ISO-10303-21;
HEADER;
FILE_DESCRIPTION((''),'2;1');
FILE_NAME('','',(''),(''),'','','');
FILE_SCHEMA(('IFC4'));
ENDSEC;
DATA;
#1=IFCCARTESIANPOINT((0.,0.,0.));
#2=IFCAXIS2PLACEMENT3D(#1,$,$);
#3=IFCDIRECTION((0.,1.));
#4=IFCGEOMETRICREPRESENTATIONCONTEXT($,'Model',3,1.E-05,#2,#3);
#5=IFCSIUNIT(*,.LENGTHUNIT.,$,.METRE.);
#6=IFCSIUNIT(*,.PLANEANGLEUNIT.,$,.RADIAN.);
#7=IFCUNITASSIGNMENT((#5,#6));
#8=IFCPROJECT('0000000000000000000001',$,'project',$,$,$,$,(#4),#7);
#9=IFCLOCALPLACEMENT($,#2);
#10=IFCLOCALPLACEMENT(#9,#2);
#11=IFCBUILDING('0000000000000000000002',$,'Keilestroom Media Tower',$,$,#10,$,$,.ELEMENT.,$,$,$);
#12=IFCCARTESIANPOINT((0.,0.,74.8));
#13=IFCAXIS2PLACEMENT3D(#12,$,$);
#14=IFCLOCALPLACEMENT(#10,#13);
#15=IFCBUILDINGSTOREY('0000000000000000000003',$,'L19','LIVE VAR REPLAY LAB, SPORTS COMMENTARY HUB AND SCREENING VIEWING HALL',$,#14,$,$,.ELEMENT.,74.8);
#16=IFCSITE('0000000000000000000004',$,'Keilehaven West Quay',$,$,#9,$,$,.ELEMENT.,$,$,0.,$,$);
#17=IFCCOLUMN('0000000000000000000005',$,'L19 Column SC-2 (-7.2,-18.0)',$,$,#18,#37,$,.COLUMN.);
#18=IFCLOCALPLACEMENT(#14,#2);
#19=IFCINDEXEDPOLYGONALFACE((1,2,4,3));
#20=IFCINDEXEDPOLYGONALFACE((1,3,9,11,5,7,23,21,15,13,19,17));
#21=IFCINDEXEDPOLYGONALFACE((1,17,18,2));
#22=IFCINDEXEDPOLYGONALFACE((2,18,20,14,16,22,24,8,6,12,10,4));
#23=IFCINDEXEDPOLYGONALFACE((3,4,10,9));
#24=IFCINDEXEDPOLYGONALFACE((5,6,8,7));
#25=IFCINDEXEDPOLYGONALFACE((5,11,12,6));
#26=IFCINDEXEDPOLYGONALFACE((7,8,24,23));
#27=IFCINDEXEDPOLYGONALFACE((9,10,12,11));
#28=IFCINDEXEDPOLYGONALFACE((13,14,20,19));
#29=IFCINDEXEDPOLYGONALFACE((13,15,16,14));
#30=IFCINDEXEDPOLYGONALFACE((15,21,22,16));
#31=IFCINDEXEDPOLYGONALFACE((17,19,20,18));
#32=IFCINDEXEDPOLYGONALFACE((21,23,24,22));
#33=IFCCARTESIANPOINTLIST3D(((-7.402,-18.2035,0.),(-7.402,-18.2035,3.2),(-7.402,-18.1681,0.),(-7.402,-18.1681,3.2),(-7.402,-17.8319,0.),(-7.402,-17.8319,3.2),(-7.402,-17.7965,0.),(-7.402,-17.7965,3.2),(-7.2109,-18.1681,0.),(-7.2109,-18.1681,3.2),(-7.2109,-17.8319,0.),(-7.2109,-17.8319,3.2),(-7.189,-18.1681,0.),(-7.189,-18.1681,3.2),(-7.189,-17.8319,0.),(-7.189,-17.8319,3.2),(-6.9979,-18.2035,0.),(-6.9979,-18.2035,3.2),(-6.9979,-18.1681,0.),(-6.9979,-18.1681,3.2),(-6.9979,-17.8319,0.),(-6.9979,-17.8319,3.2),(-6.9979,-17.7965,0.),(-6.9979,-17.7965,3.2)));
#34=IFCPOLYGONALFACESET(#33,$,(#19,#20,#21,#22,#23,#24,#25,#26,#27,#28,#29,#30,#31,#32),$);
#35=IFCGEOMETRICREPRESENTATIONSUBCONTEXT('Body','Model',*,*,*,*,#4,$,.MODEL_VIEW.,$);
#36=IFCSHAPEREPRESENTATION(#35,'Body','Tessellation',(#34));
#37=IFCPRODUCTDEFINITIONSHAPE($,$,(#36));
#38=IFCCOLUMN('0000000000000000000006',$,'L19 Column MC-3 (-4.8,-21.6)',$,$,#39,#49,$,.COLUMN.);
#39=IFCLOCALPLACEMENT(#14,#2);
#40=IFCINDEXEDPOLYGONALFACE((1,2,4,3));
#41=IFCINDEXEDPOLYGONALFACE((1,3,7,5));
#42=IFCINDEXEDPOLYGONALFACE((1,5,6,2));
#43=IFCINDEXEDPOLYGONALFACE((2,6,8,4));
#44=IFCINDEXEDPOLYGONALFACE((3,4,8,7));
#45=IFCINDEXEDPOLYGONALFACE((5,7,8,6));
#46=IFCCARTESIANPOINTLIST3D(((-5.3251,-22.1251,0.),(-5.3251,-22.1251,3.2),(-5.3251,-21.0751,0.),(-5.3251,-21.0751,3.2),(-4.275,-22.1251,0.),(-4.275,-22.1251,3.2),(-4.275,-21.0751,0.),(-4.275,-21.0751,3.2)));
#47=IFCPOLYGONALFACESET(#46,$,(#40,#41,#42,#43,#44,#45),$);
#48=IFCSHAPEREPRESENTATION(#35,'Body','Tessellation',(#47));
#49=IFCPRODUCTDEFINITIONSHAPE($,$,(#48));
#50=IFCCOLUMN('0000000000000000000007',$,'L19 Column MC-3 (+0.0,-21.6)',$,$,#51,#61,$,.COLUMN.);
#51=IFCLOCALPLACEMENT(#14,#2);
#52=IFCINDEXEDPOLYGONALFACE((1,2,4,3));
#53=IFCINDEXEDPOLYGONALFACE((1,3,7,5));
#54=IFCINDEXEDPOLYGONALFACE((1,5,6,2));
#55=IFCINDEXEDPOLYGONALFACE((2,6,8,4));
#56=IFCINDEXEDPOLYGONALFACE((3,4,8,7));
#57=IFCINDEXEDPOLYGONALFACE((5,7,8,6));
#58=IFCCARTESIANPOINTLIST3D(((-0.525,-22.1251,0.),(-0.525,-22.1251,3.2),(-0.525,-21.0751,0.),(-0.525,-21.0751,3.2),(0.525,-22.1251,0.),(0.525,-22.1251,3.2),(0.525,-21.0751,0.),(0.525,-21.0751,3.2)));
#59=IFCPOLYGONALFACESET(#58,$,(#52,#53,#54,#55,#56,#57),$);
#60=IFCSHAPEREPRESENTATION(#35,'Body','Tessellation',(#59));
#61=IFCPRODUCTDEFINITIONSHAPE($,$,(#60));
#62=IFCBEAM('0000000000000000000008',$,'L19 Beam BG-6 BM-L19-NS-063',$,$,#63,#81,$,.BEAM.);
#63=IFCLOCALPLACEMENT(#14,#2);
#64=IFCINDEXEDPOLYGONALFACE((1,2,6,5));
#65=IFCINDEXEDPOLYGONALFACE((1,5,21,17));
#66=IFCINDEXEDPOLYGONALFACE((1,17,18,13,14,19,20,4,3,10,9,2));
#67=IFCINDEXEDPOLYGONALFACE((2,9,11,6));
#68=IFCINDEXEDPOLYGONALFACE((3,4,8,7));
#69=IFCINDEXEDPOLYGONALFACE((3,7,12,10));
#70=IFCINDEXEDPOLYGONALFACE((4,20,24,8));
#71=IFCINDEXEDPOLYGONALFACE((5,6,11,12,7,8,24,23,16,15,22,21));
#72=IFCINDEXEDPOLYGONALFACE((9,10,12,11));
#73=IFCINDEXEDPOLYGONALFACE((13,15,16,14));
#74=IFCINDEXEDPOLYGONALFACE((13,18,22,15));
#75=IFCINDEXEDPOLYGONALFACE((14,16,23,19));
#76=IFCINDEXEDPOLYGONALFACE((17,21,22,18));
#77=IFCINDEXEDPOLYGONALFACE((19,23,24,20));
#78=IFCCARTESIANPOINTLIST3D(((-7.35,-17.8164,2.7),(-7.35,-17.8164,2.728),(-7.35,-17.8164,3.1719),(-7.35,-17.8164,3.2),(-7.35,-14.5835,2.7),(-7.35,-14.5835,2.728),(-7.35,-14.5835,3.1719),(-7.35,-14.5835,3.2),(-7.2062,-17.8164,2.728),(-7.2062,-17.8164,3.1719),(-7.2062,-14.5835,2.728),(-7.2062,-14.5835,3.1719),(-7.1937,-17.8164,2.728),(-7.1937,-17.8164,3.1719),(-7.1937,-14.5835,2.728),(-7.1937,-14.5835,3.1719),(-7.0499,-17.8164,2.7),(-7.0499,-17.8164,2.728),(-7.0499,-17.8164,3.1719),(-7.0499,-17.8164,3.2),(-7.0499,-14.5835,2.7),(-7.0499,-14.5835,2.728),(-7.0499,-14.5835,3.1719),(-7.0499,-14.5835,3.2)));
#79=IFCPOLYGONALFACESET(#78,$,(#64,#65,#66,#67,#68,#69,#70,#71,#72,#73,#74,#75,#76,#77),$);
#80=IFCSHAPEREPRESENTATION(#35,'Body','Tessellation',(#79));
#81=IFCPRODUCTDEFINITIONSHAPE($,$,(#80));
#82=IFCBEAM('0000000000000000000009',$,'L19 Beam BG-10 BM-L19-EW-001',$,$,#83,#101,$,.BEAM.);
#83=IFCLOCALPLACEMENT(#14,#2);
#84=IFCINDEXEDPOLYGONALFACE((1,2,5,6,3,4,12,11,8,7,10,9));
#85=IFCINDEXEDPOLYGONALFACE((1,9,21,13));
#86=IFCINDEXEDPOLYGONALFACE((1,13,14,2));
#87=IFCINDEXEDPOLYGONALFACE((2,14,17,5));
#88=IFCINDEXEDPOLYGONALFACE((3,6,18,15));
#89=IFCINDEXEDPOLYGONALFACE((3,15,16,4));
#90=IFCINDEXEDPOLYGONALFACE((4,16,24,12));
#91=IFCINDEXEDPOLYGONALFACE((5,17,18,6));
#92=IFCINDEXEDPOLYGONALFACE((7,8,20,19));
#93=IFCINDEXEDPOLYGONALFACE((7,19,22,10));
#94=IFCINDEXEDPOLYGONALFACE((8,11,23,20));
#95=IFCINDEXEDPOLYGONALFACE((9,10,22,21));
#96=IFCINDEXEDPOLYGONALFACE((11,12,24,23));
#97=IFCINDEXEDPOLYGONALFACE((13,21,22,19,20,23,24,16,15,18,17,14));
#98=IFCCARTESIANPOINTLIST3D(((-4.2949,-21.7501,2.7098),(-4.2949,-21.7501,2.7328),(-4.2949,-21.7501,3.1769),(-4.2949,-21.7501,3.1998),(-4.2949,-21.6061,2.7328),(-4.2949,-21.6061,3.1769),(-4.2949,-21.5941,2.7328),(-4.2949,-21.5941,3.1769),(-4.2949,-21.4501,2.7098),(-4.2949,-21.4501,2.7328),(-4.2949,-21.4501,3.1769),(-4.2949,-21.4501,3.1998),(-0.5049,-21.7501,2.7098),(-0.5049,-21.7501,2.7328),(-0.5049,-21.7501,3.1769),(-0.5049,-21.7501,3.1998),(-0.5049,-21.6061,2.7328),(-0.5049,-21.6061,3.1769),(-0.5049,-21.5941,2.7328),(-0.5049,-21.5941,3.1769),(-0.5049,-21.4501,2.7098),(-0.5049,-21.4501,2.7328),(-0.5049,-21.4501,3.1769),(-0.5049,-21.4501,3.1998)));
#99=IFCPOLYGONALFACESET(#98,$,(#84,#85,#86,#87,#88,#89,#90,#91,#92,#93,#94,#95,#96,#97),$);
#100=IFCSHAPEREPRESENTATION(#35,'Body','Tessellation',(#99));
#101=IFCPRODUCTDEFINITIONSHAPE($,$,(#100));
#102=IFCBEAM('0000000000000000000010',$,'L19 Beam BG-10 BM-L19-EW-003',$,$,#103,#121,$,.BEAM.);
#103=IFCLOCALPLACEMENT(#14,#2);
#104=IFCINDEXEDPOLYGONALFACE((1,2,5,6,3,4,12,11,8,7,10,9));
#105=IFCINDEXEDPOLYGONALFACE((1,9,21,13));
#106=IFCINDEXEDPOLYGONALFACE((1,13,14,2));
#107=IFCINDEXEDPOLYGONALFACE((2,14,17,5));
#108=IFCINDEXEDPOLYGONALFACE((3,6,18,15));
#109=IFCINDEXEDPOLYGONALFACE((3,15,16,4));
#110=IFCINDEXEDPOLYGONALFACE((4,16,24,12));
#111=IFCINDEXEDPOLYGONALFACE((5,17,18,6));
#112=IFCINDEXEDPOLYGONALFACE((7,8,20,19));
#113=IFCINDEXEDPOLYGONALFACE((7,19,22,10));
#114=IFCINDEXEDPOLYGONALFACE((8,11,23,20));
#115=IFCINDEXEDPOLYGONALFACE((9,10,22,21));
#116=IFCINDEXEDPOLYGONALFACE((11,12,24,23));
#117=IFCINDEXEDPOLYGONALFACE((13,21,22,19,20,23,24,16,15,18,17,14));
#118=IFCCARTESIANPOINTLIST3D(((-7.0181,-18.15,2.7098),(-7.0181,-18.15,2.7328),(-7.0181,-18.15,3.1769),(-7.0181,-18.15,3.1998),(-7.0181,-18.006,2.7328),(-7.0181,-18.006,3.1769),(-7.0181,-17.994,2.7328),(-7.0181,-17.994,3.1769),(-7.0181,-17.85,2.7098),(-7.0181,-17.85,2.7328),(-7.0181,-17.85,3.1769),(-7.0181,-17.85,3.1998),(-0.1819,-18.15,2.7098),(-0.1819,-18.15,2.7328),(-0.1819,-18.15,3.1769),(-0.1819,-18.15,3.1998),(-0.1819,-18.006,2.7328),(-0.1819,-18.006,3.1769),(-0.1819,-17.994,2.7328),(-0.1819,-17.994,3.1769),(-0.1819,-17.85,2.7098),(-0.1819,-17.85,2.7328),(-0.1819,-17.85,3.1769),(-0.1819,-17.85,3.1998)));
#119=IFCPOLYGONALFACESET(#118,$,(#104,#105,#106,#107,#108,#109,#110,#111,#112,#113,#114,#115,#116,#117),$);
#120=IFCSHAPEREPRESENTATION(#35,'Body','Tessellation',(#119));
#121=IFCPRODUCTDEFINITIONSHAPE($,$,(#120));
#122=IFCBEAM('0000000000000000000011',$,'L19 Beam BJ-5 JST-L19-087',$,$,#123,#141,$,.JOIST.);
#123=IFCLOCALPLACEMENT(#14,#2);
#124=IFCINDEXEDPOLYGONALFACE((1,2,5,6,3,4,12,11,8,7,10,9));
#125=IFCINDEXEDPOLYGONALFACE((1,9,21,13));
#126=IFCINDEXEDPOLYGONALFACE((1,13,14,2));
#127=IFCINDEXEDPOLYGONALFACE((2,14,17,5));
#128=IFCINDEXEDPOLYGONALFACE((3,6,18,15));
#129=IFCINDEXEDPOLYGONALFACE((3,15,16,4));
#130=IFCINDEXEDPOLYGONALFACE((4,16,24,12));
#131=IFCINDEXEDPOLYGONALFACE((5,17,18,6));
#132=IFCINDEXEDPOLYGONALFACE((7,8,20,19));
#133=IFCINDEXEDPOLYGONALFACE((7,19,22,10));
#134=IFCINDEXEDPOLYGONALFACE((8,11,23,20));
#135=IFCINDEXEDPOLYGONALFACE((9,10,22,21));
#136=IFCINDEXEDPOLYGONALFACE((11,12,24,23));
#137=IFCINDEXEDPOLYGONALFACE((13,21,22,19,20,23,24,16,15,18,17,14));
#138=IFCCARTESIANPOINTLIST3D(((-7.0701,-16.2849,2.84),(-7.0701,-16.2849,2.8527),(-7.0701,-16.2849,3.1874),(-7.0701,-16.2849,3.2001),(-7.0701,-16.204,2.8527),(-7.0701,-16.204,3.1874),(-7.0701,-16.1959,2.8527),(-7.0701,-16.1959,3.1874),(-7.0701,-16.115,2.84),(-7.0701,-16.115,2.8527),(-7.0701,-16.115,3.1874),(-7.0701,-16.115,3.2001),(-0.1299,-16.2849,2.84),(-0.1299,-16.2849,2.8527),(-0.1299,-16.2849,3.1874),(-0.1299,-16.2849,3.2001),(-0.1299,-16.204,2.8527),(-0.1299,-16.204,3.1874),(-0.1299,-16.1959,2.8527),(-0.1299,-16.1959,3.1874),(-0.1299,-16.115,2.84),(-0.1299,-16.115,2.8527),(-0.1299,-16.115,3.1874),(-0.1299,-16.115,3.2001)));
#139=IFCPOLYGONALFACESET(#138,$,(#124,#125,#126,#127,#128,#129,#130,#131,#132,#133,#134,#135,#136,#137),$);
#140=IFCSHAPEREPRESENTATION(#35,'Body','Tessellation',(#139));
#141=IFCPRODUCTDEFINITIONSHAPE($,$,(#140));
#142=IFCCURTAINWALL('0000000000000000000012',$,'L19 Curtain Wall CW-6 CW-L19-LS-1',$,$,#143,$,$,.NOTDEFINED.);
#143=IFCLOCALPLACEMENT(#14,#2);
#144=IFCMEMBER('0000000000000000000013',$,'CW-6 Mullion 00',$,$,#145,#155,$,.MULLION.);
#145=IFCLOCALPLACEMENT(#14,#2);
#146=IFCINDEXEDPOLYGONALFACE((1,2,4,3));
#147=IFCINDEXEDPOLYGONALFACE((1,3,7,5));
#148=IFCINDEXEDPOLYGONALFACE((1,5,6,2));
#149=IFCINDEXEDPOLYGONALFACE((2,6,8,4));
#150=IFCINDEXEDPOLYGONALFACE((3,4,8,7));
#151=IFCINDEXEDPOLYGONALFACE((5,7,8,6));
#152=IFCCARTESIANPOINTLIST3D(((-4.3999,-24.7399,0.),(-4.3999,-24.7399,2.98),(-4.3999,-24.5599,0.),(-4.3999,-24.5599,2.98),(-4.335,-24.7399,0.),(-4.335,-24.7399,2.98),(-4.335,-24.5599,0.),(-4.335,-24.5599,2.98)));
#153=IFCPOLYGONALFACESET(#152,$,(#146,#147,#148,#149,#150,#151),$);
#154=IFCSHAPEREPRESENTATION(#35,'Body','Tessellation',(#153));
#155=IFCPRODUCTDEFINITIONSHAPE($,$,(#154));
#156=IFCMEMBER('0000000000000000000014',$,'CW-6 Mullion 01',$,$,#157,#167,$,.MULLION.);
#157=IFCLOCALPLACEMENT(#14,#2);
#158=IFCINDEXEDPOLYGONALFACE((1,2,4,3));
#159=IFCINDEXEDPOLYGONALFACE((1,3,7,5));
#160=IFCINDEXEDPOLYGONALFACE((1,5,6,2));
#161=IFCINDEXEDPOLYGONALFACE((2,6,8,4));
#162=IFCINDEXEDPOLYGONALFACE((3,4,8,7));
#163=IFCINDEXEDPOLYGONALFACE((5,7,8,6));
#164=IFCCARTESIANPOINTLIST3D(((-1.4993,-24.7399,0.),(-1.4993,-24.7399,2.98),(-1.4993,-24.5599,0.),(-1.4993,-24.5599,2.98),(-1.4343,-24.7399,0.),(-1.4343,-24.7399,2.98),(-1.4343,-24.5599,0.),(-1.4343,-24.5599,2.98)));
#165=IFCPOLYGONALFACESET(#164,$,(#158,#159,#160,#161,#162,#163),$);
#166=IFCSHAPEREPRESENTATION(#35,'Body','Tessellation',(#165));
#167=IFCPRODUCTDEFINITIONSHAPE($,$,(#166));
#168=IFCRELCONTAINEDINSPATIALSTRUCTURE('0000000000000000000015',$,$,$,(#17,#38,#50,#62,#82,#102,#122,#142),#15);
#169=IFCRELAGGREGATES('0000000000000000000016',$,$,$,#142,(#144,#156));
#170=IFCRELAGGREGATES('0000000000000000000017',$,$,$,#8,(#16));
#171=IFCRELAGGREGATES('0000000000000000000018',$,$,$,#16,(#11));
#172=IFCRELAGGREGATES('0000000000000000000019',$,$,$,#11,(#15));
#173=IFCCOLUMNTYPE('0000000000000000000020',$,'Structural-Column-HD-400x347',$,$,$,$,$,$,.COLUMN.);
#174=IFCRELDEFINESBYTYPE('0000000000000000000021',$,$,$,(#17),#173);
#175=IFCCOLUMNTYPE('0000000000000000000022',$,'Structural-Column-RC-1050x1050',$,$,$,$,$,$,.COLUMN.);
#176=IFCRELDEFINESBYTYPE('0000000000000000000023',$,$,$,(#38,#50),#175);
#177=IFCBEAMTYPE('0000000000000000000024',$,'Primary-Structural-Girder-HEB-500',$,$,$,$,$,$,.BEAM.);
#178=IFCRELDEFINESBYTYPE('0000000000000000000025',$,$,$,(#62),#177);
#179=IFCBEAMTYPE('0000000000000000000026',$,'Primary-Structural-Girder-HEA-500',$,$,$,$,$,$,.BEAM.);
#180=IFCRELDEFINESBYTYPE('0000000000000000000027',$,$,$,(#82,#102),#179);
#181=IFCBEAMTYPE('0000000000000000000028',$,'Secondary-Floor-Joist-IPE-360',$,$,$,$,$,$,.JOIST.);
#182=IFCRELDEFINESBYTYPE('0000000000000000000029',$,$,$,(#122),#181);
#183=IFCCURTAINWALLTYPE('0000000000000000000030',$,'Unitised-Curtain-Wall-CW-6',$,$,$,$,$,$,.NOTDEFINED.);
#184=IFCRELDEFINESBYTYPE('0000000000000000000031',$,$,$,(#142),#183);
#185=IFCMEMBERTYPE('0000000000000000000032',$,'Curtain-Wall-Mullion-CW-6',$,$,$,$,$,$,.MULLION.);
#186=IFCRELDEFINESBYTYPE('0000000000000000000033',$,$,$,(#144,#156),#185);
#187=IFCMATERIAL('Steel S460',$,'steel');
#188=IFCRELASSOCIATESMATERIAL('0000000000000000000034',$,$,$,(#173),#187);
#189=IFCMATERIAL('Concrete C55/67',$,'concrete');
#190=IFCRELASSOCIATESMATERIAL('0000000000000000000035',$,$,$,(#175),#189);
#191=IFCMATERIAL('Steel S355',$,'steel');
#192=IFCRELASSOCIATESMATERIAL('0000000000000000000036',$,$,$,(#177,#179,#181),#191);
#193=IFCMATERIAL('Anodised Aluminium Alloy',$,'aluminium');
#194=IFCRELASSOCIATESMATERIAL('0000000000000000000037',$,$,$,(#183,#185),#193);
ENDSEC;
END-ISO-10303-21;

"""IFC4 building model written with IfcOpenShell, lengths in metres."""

from ifc_helpers import new_model, si_unit, direction, frame, origin, origin_2d, place, context, subcontext, project, spatial, rectangle, i_section, extrude, source, transform, mapped, material, material_profile, profile_set, type_object, element, aggregate, save


model = new_model("IFC4")

# Units and contexts
model_context = context("Model", 3, precision=1e-05, world=origin(), true_north=direction((0.0, 1.0)))
body_context = subcontext(model_context, "Body", "Model", "MODEL_VIEW")
ifc_project = project(units=[si_unit("LENGTHUNIT", "METRE"), si_unit("PLANEANGLEUNIT", "RADIAN")], contexts=[model_context])

# Site, building, storey
site_placement = place(None, origin())
site = spatial("IfcSite", under=ifc_project, at=site_placement, Name="Keilehaven West Quay", CompositionType="ELEMENT", RefElevation=0.0)
building_placement = place(site_placement, origin())
building = spatial("IfcBuilding", under=site, at=building_placement, Name="Keilestroom Media Tower", CompositionType="ELEMENT")
storey_placement = place(building_placement, frame((0.0, 0.0, 74.8)))
storey = spatial("IfcBuildingStorey", under=building, at=storey_placement, Name="L19", Description="LIVE VAR REPLAY LAB, SPORTS COMMENTARY HUB AND SCREENING VIEWING HALL", CompositionType="ELEMENT", Elevation=74.8)

# Columns
ifc_material_1 = material(Name="Steel S460", Category="steel")
ifc_material_profile_1 = material_profile(ifc_material_1, i_section(OverallWidth=0.4041, OverallDepth=0.407, WebThickness=0.022, FlangeThickness=0.0354, at=origin_2d()), Name="HD 400x347")
ifc_profile_set_1 = profile_set([ifc_material_profile_1], Name="Steel S460")
column_type_1 = type_object("IfcColumnType", Name="Structural-Column-HD-400x347", PredefinedType="COLUMN", material=ifc_profile_set_1)
shared_shape_1 = source(origin(), body_context, "Body", "SweptSolid", [
    extrude(i_section(OverallWidth=0.4041, OverallDepth=0.407, WebThickness=0.022, FlangeThickness=0.0354, at=origin_2d()), origin(), (0.0, 0.0, 1.0), 3.2),
])
column_placement = place(storey_placement, frame((-7.2, -18.0, 0.0), z_axis=(0.0, 0.0, 1.0), x_axis=(1.0, 0.0, 0.0)))
element("IfcColumn", 1, at=column_placement, inside=storey, type_object=column_type_1, Name="L19 Column SC-2 (-7.2,-18.0)", PredefinedType="COLUMN", context=body_context, shape_type="MappedRepresentation", body=[
    mapped(shared_shape_1, transform((0.0, 0.0, 0.0), x_axis=(1.0, 0.0, 0.0), y_axis=(0.0, 1.0, 0.0), z_axis=(0.0, 0.0, 1.0), scale=1.0)),
])
ifc_material_2 = material(Name="Concrete C55/67", Category="concrete")
ifc_material_profile_2 = material_profile(ifc_material_2, rectangle(XDim=1.05, YDim=1.05, at=origin_2d()), Name="RC 1050x1050")
ifc_profile_set_2 = profile_set([ifc_material_profile_2], Name="Concrete C55/67")
column_type_2 = type_object("IfcColumnType", Name="Structural-Column-RC-1050x1050", PredefinedType="COLUMN", material=ifc_profile_set_2)
shared_shape_2 = source(origin(), body_context, "Body", "SweptSolid", [
    extrude(rectangle(XDim=1.05, YDim=1.05, at=origin_2d()), origin(), (0.0, 0.0, 1.0), 3.2),
])
for number, where, z_axis, x_axis, name in (
    (2, (-4.8, -21.6001, 0.0), (0.0, 0.0, 1.0), (1.0, 0.0, 0.0), "L19 Column MC-3 (-4.8,-21.6)"),
    (3, (0.0, -21.6001, 0.0), (0.0, 0.0, 1.0), (1.0, 0.0, 0.0), "L19 Column MC-3 (+0.0,-21.6)"),
):
    element("IfcColumn", number, at=place(storey_placement, frame(where, z_axis=z_axis, x_axis=x_axis)), inside=storey, type_object=column_type_2, Name=name, PredefinedType="COLUMN", context=body_context, shape_type="MappedRepresentation", body=[
        mapped(shared_shape_2, transform((0.0, 0.0, 0.0), x_axis=(1.0, 0.0, 0.0), y_axis=(0.0, 1.0, 0.0), z_axis=(0.0, 0.0, 1.0), scale=1.0)),
    ])

# Beams
ifc_material_3 = material(Name="Steel S355", Category="steel")
ifc_material_profile_3 = material_profile(ifc_material_3, i_section(OverallWidth=0.3, OverallDepth=0.5, WebThickness=0.0125, FlangeThickness=0.0281, at=origin_2d()), Name="HEB 500")
ifc_profile_set_3 = profile_set([ifc_material_profile_3], Name="Steel S355")
beam_type_1 = type_object("IfcBeamType", Name="Primary-Structural-Girder-HEB-500", PredefinedType="BEAM", material=ifc_profile_set_3)
shared_shape_3 = source(origin(), body_context, "Body", "SweptSolid", [
    extrude(i_section(OverallWidth=0.3, OverallDepth=0.5, WebThickness=0.0125, FlangeThickness=0.0281, at=origin_2d()), origin(), (0.0, 0.0, 1.0), 3.2329),
])
beam_1_placement = place(storey_placement, frame((-7.2, -17.8164, 2.95), z_axis=(0.0, 1.0, 0.0), x_axis=(-1.0, 0.0, 0.0)))
element("IfcBeam", 4, at=beam_1_placement, inside=storey, type_object=beam_type_1, Name="L19 Beam BG-6 BM-L19-NS-063", PredefinedType="BEAM", context=body_context, shape_type="MappedRepresentation", body=[
    mapped(shared_shape_3, transform((0.0, 0.0, 0.0), x_axis=(1.0, 0.0, 0.0), y_axis=(0.0, 1.0, 0.0), z_axis=(0.0, 0.0, 1.0), scale=1.0)),
])
ifc_material_profile_4 = material_profile(ifc_material_3, i_section(OverallWidth=0.3, OverallDepth=0.49, WebThickness=0.012, FlangeThickness=0.0229, at=origin_2d()), Name="HEA 500")
ifc_profile_set_4 = profile_set([ifc_material_profile_4], Name="Steel S355")
beam_type_2 = type_object("IfcBeamType", Name="Primary-Structural-Girder-HEA-500", PredefinedType="BEAM", material=ifc_profile_set_4)
shared_shape_4 = source(origin(), body_context, "Body", "SweptSolid", [
    extrude(i_section(OverallWidth=0.3, OverallDepth=0.49, WebThickness=0.012, FlangeThickness=0.0229, at=origin_2d()), origin(), (0.0, 0.0, 1.0), 3.79),
])
beam_2_placement = place(storey_placement, frame((-4.2949, -21.6001, 2.9548), z_axis=(1.0, 0.0, 0.0), x_axis=(0.0, 1.0, 0.0)))
element("IfcBeam", 5, at=beam_2_placement, inside=storey, type_object=beam_type_2, Name="L19 Beam BG-10 BM-L19-EW-001", PredefinedType="BEAM", context=body_context, shape_type="MappedRepresentation", body=[
    mapped(shared_shape_4, transform((0.0, 0.0, 0.0), x_axis=(1.0, 0.0, 0.0), y_axis=(0.0, 1.0, 0.0), z_axis=(0.0, 0.0, 1.0), scale=1.0)),
])
shared_shape_5 = source(origin(), body_context, "Body", "SweptSolid", [
    extrude(i_section(OverallWidth=0.3, OverallDepth=0.49, WebThickness=0.012, FlangeThickness=0.0229, at=origin_2d()), origin(), (0.0, 0.0, 1.0), 6.8362),
])
beam_3_placement = place(storey_placement, frame((-7.0181, -18.0, 2.9548), z_axis=(1.0, 0.0, 0.0), x_axis=(0.0, 1.0, 0.0)))
element("IfcBeam", 6, at=beam_3_placement, inside=storey, type_object=beam_type_2, Name="L19 Beam BG-10 BM-L19-EW-003", PredefinedType="BEAM", context=body_context, shape_type="MappedRepresentation", body=[
    mapped(shared_shape_5, transform((0.0, 0.0, 0.0), x_axis=(1.0, 0.0, 0.0), y_axis=(0.0, 1.0, 0.0), z_axis=(0.0, 0.0, 1.0), scale=1.0)),
])
ifc_material_profile_5 = material_profile(ifc_material_3, i_section(OverallWidth=0.1699, OverallDepth=0.3601, WebThickness=0.0081, FlangeThickness=0.0127, at=origin_2d()), Name="IPE 360")
ifc_profile_set_5 = profile_set([ifc_material_profile_5], Name="Steel S355")
beam_type_3 = type_object("IfcBeamType", Name="Secondary-Floor-Joist-IPE-360", PredefinedType="JOIST", material=ifc_profile_set_5)
shared_shape_6 = source(origin(), body_context, "Body", "SweptSolid", [
    extrude(i_section(OverallWidth=0.1699, OverallDepth=0.3601, WebThickness=0.0081, FlangeThickness=0.0127, at=origin_2d()), origin(), (0.0, 0.0, 1.0), 6.9402),
])
beam_4_placement = place(storey_placement, frame((-7.0701, -16.2, 3.02), z_axis=(1.0, 0.0, 0.0), x_axis=(0.0, 1.0, 0.0)))
element("IfcBeam", 7, at=beam_4_placement, inside=storey, type_object=beam_type_3, Name="L19 Beam BJ-5 JST-L19-087", PredefinedType="JOIST", context=body_context, shape_type="MappedRepresentation", body=[
    mapped(shared_shape_6, transform((0.0, 0.0, 0.0), x_axis=(1.0, 0.0, 0.0), y_axis=(0.0, 1.0, 0.0), z_axis=(0.0, 0.0, 1.0), scale=1.0)),
])

# Curtain wall, members
ifc_material_4 = material(Name="Anodised Aluminium Alloy", Category="aluminium")
curtain_wall_type = type_object("IfcCurtainWallType", Name="Unitised-Curtain-Wall-CW-6", PredefinedType="NOTDEFINED", material=ifc_material_4)
curtain_wall_placement = place(storey_placement, origin())
curtain_wall = element("IfcCurtainWall", 8, at=curtain_wall_placement, inside=storey, type_object=curtain_wall_type, Name="L19 Curtain Wall CW-6 CW-L19-LS-1", PredefinedType="NOTDEFINED")
ifc_material_profile_6 = material_profile(ifc_material_4, rectangle(XDim=0.0649, YDim=0.1799, at=origin_2d()), Name="ALU MULLION 65x180")
ifc_profile_set_6 = profile_set([ifc_material_profile_6], Name="Anodised Aluminium Alloy")
member_type_1 = type_object("IfcMemberType", Name="Curtain-Wall-Mullion-CW-6", PredefinedType="MULLION", material=ifc_profile_set_6)
shared_shape_7 = source(origin(), body_context, "Body", "SweptSolid", [
    extrude(rectangle(XDim=0.0649, YDim=0.1799, at=origin_2d()), origin(), (0.0, 0.0, 1.0), 2.98),
])
member_1_placement = place(storey_placement, frame((-4.3674, -24.6499, 0.0), z_axis=(0.0, 0.0, 1.0), x_axis=(1.0, 0.0, 0.0)))
member_1 = element("IfcMember", 9, at=member_1_placement, type_object=member_type_1, Name="CW-6 Mullion 00", PredefinedType="MULLION", context=body_context, shape_type="MappedRepresentation", body=[
    mapped(shared_shape_7, transform((0.0, 0.0, 0.0), x_axis=(1.0, 0.0, 0.0), y_axis=(0.0, 1.0, 0.0), z_axis=(0.0, 0.0, 1.0), scale=1.0)),
])
member_2_placement = place(storey_placement, frame((-1.4668, -24.6499, 0.0), z_axis=(0.0, 0.0, 1.0), x_axis=(1.0, 0.0, 0.0)))
member_2 = element("IfcMember", 10, at=member_2_placement, type_object=member_type_1, Name="CW-6 Mullion 01", PredefinedType="MULLION", context=body_context, shape_type="MappedRepresentation", body=[
    mapped(shared_shape_7, transform((0.0, 0.0, 0.0), x_axis=(1.0, 0.0, 0.0), y_axis=(0.0, 1.0, 0.0), z_axis=(0.0, 0.0, 1.0), scale=1.0)),
])
aggregate(curtain_wall, [member_1, member_2])

save(model, "model.ifc")
